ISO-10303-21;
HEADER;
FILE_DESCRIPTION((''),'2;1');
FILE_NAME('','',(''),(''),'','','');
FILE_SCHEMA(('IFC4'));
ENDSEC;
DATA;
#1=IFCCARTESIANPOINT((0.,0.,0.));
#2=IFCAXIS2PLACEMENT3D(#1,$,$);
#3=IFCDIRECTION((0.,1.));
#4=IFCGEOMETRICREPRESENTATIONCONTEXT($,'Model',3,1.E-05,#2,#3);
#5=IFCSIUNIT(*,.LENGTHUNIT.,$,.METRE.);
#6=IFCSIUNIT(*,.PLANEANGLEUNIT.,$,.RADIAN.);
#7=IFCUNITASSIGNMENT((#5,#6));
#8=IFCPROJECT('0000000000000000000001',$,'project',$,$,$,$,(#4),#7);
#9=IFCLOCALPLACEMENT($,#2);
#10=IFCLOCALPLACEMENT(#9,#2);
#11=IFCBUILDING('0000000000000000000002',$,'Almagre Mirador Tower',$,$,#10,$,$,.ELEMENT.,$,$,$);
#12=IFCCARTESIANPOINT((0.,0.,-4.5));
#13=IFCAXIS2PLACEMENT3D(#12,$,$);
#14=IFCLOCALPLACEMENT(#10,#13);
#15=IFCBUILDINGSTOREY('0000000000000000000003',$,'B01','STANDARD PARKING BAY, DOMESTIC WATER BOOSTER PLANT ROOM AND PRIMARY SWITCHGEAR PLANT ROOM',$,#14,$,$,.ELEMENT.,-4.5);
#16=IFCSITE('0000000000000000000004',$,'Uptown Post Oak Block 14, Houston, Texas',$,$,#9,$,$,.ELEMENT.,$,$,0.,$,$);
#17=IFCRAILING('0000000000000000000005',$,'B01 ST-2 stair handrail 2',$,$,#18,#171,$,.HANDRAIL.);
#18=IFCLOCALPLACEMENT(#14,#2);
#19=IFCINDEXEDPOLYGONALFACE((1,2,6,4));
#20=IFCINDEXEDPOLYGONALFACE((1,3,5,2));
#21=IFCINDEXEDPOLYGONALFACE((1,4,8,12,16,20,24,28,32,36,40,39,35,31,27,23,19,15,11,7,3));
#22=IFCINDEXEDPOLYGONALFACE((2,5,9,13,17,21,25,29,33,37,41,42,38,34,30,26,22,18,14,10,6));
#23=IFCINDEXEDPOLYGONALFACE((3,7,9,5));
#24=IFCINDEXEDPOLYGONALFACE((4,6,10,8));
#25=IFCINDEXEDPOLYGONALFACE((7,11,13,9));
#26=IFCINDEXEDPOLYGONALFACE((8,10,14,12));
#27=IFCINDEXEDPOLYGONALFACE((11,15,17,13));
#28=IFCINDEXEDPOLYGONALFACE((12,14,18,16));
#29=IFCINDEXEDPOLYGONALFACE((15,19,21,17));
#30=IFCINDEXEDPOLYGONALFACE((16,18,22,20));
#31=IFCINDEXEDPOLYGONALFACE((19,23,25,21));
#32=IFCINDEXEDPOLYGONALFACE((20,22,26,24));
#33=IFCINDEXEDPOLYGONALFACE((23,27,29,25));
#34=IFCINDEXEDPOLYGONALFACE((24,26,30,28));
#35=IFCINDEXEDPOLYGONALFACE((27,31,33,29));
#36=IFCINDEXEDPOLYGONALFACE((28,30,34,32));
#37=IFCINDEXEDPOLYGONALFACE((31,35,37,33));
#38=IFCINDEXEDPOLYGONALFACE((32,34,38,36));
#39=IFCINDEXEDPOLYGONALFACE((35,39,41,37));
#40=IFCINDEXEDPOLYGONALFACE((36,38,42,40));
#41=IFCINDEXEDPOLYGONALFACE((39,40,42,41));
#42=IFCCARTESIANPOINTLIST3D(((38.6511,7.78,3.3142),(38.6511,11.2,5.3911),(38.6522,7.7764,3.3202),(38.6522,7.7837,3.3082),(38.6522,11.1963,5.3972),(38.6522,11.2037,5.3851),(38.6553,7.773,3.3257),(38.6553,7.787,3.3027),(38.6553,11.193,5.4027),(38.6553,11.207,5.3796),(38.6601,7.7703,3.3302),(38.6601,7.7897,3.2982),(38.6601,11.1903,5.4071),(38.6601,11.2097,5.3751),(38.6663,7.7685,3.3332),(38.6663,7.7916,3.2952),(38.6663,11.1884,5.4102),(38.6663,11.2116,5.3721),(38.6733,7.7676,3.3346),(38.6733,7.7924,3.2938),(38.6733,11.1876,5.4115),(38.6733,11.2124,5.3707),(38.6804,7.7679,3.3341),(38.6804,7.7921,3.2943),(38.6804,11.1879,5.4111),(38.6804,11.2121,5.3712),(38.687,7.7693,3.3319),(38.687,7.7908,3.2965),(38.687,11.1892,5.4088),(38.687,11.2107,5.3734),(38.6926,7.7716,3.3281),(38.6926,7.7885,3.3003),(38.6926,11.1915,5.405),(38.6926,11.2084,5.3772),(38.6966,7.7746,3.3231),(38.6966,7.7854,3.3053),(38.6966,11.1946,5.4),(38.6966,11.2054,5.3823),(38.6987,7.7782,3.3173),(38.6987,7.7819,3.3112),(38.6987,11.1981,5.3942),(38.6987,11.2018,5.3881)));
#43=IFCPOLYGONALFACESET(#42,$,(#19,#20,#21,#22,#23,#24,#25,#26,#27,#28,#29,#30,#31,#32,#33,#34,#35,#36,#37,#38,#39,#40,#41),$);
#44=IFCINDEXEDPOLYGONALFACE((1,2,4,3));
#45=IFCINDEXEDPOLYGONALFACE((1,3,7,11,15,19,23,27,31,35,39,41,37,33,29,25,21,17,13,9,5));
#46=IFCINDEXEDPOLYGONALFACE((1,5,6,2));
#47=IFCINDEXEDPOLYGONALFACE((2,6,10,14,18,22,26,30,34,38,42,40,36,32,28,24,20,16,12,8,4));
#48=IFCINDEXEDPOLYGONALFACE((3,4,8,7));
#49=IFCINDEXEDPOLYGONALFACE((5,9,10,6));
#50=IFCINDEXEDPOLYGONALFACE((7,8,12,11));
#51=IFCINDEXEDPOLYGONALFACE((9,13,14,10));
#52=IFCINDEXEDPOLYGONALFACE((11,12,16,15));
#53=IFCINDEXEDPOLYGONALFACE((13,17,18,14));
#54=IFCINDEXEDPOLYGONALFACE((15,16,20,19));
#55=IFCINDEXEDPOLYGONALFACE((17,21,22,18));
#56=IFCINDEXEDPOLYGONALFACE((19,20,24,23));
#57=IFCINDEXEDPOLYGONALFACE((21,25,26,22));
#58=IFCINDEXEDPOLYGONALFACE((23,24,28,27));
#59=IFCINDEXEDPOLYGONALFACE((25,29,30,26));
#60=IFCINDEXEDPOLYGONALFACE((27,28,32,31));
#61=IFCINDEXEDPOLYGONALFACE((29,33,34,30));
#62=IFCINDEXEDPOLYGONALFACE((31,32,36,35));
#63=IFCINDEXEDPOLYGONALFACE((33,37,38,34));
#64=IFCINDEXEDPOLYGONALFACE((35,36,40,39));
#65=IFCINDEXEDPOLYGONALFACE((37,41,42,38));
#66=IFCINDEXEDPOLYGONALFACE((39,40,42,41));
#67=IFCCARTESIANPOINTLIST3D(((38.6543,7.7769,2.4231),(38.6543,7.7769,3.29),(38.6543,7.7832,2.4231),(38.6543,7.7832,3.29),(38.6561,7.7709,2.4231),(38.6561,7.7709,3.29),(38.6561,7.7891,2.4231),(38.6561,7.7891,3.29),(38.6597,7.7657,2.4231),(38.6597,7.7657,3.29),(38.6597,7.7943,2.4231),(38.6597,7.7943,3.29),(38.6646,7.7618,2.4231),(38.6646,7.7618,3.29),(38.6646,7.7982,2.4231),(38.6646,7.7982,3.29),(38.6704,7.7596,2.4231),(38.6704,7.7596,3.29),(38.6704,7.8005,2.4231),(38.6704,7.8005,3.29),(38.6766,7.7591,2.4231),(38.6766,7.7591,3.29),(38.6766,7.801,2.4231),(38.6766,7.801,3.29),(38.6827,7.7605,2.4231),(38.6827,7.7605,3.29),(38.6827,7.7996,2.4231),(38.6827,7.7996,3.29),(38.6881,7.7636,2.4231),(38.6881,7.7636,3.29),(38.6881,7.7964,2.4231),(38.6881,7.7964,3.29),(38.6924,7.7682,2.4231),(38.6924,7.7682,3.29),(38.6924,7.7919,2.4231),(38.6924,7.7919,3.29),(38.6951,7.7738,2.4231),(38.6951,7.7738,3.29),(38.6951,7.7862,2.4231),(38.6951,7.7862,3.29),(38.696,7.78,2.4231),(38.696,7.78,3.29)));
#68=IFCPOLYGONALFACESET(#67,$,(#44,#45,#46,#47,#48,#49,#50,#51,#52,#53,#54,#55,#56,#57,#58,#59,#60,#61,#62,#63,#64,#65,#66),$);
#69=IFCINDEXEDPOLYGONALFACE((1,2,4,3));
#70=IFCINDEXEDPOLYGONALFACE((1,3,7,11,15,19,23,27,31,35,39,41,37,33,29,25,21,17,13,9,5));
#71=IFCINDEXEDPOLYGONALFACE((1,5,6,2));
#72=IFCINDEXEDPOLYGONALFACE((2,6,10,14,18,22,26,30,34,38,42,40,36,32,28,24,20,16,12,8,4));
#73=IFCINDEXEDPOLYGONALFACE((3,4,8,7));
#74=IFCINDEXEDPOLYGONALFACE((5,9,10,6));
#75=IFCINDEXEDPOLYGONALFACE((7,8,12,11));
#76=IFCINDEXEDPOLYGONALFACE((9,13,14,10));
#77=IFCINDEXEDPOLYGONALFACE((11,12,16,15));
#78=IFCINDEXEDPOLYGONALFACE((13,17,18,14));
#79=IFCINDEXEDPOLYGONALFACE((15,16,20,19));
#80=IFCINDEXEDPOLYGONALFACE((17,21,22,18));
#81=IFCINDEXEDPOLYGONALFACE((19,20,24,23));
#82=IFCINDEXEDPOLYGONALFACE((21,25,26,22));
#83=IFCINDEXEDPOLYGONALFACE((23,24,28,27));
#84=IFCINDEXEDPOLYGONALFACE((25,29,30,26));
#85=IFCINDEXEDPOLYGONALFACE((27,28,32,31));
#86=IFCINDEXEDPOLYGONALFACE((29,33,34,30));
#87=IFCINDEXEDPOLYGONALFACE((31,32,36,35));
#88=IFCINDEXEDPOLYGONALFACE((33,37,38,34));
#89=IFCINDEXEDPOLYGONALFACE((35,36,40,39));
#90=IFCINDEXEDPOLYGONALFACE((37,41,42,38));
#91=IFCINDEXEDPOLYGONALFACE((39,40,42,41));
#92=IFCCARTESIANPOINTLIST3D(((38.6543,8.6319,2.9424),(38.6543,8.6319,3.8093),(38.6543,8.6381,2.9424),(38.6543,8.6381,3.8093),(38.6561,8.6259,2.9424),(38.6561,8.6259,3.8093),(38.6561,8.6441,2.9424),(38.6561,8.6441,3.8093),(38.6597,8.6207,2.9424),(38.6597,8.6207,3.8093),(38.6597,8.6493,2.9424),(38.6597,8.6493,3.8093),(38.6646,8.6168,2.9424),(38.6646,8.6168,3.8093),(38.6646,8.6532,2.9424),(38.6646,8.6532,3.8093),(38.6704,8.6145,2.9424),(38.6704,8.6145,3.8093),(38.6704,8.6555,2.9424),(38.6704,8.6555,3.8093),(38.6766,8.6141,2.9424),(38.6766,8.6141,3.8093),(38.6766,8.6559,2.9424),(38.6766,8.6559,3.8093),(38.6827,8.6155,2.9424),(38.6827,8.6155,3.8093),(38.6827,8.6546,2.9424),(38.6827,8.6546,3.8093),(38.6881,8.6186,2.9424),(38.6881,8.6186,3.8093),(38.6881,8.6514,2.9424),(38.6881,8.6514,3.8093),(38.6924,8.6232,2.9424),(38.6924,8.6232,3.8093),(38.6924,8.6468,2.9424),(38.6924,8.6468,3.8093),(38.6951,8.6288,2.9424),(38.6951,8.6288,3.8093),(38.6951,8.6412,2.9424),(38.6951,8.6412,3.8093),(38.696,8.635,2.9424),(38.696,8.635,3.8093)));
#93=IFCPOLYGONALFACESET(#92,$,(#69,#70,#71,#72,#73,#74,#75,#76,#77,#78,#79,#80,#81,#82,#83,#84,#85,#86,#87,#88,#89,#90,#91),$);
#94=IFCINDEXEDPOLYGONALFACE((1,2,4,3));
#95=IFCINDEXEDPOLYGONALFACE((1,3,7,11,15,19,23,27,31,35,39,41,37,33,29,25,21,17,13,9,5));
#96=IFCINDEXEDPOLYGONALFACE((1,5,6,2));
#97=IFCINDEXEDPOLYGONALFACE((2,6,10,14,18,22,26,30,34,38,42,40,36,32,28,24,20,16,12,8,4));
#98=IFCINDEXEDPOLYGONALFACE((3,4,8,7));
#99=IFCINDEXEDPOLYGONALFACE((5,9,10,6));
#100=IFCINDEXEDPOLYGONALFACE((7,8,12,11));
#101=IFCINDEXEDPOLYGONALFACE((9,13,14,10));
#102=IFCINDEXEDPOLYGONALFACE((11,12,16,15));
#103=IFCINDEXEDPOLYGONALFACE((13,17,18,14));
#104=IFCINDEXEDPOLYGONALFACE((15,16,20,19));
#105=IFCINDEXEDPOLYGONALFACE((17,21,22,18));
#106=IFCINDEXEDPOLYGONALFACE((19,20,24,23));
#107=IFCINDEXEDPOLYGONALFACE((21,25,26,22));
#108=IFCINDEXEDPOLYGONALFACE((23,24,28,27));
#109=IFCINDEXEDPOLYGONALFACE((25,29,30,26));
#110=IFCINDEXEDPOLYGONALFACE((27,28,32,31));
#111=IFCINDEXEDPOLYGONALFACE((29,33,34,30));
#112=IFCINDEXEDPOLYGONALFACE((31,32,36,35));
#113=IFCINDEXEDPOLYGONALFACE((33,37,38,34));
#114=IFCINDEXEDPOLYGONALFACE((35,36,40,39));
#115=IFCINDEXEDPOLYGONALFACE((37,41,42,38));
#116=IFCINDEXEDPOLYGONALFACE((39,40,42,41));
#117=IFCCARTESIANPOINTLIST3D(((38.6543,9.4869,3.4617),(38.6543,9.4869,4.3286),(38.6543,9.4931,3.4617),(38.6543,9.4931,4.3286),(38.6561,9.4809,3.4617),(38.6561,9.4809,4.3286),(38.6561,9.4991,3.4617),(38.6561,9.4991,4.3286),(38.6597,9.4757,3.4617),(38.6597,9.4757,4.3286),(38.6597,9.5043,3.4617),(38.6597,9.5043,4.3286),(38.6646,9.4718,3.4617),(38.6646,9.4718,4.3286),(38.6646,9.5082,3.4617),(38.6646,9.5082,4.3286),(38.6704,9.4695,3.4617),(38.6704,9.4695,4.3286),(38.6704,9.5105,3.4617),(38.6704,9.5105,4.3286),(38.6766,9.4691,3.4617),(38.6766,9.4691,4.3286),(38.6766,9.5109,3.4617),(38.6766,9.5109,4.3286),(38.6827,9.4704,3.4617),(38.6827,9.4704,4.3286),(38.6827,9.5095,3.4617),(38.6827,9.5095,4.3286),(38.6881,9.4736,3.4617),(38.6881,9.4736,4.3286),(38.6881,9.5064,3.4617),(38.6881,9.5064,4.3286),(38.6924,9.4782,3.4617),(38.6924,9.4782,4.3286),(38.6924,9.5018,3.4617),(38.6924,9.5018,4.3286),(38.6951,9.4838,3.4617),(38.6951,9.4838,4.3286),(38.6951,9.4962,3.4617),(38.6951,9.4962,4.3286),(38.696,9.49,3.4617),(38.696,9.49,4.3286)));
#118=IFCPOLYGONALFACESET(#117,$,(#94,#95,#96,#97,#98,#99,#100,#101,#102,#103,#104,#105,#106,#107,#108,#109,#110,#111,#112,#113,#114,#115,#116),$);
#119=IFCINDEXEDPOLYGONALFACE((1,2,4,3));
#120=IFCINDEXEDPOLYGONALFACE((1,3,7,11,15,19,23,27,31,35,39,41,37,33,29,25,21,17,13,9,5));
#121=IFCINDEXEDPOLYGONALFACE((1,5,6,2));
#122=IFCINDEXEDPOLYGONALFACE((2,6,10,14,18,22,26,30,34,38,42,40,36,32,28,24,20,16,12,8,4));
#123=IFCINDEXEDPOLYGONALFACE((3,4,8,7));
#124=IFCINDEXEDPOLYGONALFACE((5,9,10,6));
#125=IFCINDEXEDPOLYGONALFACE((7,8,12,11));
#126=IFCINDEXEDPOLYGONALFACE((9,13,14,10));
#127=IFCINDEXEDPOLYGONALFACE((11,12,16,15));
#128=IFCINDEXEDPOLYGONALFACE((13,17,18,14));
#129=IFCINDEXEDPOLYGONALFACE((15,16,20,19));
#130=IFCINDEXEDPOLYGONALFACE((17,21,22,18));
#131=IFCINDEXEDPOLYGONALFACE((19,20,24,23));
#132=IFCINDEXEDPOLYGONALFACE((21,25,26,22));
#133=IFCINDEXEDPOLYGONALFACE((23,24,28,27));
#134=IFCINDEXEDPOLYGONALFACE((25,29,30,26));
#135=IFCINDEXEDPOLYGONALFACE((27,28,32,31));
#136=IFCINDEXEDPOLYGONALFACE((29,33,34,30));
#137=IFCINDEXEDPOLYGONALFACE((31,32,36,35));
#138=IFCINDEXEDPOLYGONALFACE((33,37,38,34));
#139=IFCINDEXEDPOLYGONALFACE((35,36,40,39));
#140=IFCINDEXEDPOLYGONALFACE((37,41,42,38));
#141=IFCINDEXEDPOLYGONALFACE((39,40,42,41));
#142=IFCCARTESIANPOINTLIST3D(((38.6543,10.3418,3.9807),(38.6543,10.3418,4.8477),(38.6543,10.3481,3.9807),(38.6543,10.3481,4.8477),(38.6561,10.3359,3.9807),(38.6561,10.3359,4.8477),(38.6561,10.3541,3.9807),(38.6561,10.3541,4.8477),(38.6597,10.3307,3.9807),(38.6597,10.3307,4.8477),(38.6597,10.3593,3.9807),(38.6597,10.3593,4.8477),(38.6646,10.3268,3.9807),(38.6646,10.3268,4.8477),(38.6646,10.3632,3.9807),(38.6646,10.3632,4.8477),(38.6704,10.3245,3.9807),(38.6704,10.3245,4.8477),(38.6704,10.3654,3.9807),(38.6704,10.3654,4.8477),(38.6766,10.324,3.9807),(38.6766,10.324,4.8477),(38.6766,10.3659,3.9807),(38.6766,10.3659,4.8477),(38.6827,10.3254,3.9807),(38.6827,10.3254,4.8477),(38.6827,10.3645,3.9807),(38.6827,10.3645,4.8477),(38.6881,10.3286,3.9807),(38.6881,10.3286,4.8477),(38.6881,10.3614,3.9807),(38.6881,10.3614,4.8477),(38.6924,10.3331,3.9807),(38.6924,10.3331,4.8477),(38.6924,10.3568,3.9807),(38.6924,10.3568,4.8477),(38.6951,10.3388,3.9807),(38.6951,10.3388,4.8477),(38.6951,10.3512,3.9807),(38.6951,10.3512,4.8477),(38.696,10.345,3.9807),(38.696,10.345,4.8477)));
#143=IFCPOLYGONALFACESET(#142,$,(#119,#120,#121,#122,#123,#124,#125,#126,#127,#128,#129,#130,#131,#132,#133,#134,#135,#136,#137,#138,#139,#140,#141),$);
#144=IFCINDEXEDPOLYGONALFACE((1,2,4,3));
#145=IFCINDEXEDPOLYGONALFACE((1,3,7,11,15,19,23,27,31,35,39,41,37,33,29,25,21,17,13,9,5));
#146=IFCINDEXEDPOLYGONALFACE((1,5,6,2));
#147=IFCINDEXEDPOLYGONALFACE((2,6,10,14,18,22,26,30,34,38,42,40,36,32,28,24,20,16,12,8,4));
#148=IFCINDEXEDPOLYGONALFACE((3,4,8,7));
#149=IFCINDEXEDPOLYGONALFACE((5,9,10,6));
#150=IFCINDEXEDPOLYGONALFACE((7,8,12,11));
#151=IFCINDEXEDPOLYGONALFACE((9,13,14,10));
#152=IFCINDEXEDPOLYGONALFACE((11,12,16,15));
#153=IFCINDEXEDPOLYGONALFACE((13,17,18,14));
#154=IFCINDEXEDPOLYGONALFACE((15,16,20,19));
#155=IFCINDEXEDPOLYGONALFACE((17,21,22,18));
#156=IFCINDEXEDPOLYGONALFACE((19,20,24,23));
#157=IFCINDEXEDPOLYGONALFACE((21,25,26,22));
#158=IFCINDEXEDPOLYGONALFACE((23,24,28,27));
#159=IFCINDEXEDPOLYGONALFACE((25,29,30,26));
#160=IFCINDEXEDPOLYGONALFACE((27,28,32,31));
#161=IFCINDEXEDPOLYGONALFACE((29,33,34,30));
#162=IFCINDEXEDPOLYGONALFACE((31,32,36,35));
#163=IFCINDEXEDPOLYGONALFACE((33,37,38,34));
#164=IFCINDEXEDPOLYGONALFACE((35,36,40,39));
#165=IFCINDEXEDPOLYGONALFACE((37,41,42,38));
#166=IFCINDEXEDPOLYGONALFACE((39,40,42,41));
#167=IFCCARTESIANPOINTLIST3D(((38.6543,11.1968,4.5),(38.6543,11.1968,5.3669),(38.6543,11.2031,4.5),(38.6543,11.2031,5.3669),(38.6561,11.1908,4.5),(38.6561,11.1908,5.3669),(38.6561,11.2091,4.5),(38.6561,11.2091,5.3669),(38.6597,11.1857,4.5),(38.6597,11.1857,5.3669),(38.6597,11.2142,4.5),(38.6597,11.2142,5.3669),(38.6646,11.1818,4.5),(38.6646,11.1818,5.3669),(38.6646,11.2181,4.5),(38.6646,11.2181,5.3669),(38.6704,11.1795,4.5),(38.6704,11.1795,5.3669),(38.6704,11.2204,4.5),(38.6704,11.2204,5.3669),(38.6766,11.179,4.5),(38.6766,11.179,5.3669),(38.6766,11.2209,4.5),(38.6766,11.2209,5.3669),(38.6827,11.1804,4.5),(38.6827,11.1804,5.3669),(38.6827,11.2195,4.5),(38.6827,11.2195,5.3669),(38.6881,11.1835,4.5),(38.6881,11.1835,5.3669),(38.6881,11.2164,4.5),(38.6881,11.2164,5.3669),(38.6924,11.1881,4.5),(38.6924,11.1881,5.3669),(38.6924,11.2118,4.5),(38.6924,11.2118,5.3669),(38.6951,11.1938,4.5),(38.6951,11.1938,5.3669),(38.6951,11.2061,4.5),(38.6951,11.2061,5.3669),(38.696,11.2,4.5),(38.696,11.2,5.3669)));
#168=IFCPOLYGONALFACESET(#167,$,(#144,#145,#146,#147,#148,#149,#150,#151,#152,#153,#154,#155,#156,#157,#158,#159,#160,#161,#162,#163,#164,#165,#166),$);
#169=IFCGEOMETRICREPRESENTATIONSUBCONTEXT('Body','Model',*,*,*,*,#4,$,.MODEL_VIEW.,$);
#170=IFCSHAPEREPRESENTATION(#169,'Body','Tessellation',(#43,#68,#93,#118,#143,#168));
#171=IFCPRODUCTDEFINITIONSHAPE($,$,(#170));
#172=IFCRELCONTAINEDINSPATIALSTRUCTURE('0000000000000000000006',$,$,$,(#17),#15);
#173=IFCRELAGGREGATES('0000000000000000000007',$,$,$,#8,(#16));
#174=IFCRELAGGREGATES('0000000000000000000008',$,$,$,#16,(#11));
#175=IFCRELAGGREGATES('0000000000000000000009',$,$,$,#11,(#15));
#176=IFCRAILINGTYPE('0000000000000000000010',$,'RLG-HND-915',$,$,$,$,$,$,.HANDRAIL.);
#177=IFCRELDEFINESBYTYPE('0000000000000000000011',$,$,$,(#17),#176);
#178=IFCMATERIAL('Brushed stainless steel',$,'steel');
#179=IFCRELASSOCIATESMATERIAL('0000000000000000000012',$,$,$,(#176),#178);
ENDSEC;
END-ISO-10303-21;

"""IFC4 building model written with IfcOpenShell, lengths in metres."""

from ifc_helpers import new_model, si_unit, direction, frame, origin, origin_2d, place, context, subcontext, project, spatial, circle, extrude, material, type_object, element, save


model = new_model("IFC4")

# Units and contexts
model_context = context("Model", 3, precision=1e-05, world=origin(), true_north=direction((0.0, 1.0)))
body_context = subcontext(model_context, "Body", "Model", "MODEL_VIEW")
ifc_project = project(units=[si_unit("LENGTHUNIT", "METRE"), si_unit("PLANEANGLEUNIT", "RADIAN")], contexts=[model_context])

# Site, building, storey
site_placement = place(None, origin())
site = spatial("IfcSite", under=ifc_project, at=site_placement, Name="Uptown Post Oak Block 14, Houston, Texas", CompositionType="ELEMENT", RefElevation=0.0)
building_placement = place(site_placement, origin())
building = spatial("IfcBuilding", under=site, at=building_placement, Name="Almagre Mirador Tower", CompositionType="ELEMENT")
storey_placement = place(building_placement, frame((0.0, 0.0, -4.5)))
storey = spatial("IfcBuildingStorey", under=building, at=storey_placement, Name="B01", Description="STANDARD PARKING BAY, DOMESTIC WATER BOOSTER PLANT ROOM AND PRIMARY SWITCHGEAR PLANT ROOM", CompositionType="ELEMENT", Elevation=-4.5)

# Railing
ifc_material_1 = material(Name="Brushed stainless steel", Category="steel")
railing_type_1 = type_object("IfcRailingType", Name="RLG-HND-915", PredefinedType="HANDRAIL", material=ifc_material_1)
for number, where, name in (
    (1, (38.675, 7.78, 2.4231), "B01 ST-2 stair handrail 2"),
):
    element("IfcRailing", number, at=place(storey_placement, frame(where)), inside=storey, type_object=railing_type_1, Name=name, PredefinedType="HANDRAIL", context=body_context, shape_type="SweptSolid", body=[
        extrude(circle(Radius=0.0239, at=origin_2d()), frame((0.0, 0.0, 0.8911), z_axis=(0.0, 0.85473, 0.519074), x_axis=(-1.0, 0.0, 0.0)), (0.0, 0.0, 1.0), 4.0012),
        extrude(circle(Radius=0.021, at=origin_2d()), origin(), (0.0, 0.0, 1.0), 0.8669),
        extrude(circle(Radius=0.021, at=origin_2d()), frame((0.0, 0.855, 0.5193)), (0.0, 0.0, 1.0), 0.8669),
        extrude(circle(Radius=0.021, at=origin_2d()), frame((0.0, 1.71, 1.0386)), (0.0, 0.0, 1.0), 0.8669),
        extrude(circle(Radius=0.021, at=origin_2d()), frame((0.0, 2.5649, 1.5576)), (0.0, 0.0, 1.0), 0.8669),
        extrude(circle(Radius=0.021, at=origin_2d()), frame((0.0, 3.4199, 2.0769)), (0.0, 0.0, 1.0), 0.8669),
    ])

save(model, "model.ifc")
